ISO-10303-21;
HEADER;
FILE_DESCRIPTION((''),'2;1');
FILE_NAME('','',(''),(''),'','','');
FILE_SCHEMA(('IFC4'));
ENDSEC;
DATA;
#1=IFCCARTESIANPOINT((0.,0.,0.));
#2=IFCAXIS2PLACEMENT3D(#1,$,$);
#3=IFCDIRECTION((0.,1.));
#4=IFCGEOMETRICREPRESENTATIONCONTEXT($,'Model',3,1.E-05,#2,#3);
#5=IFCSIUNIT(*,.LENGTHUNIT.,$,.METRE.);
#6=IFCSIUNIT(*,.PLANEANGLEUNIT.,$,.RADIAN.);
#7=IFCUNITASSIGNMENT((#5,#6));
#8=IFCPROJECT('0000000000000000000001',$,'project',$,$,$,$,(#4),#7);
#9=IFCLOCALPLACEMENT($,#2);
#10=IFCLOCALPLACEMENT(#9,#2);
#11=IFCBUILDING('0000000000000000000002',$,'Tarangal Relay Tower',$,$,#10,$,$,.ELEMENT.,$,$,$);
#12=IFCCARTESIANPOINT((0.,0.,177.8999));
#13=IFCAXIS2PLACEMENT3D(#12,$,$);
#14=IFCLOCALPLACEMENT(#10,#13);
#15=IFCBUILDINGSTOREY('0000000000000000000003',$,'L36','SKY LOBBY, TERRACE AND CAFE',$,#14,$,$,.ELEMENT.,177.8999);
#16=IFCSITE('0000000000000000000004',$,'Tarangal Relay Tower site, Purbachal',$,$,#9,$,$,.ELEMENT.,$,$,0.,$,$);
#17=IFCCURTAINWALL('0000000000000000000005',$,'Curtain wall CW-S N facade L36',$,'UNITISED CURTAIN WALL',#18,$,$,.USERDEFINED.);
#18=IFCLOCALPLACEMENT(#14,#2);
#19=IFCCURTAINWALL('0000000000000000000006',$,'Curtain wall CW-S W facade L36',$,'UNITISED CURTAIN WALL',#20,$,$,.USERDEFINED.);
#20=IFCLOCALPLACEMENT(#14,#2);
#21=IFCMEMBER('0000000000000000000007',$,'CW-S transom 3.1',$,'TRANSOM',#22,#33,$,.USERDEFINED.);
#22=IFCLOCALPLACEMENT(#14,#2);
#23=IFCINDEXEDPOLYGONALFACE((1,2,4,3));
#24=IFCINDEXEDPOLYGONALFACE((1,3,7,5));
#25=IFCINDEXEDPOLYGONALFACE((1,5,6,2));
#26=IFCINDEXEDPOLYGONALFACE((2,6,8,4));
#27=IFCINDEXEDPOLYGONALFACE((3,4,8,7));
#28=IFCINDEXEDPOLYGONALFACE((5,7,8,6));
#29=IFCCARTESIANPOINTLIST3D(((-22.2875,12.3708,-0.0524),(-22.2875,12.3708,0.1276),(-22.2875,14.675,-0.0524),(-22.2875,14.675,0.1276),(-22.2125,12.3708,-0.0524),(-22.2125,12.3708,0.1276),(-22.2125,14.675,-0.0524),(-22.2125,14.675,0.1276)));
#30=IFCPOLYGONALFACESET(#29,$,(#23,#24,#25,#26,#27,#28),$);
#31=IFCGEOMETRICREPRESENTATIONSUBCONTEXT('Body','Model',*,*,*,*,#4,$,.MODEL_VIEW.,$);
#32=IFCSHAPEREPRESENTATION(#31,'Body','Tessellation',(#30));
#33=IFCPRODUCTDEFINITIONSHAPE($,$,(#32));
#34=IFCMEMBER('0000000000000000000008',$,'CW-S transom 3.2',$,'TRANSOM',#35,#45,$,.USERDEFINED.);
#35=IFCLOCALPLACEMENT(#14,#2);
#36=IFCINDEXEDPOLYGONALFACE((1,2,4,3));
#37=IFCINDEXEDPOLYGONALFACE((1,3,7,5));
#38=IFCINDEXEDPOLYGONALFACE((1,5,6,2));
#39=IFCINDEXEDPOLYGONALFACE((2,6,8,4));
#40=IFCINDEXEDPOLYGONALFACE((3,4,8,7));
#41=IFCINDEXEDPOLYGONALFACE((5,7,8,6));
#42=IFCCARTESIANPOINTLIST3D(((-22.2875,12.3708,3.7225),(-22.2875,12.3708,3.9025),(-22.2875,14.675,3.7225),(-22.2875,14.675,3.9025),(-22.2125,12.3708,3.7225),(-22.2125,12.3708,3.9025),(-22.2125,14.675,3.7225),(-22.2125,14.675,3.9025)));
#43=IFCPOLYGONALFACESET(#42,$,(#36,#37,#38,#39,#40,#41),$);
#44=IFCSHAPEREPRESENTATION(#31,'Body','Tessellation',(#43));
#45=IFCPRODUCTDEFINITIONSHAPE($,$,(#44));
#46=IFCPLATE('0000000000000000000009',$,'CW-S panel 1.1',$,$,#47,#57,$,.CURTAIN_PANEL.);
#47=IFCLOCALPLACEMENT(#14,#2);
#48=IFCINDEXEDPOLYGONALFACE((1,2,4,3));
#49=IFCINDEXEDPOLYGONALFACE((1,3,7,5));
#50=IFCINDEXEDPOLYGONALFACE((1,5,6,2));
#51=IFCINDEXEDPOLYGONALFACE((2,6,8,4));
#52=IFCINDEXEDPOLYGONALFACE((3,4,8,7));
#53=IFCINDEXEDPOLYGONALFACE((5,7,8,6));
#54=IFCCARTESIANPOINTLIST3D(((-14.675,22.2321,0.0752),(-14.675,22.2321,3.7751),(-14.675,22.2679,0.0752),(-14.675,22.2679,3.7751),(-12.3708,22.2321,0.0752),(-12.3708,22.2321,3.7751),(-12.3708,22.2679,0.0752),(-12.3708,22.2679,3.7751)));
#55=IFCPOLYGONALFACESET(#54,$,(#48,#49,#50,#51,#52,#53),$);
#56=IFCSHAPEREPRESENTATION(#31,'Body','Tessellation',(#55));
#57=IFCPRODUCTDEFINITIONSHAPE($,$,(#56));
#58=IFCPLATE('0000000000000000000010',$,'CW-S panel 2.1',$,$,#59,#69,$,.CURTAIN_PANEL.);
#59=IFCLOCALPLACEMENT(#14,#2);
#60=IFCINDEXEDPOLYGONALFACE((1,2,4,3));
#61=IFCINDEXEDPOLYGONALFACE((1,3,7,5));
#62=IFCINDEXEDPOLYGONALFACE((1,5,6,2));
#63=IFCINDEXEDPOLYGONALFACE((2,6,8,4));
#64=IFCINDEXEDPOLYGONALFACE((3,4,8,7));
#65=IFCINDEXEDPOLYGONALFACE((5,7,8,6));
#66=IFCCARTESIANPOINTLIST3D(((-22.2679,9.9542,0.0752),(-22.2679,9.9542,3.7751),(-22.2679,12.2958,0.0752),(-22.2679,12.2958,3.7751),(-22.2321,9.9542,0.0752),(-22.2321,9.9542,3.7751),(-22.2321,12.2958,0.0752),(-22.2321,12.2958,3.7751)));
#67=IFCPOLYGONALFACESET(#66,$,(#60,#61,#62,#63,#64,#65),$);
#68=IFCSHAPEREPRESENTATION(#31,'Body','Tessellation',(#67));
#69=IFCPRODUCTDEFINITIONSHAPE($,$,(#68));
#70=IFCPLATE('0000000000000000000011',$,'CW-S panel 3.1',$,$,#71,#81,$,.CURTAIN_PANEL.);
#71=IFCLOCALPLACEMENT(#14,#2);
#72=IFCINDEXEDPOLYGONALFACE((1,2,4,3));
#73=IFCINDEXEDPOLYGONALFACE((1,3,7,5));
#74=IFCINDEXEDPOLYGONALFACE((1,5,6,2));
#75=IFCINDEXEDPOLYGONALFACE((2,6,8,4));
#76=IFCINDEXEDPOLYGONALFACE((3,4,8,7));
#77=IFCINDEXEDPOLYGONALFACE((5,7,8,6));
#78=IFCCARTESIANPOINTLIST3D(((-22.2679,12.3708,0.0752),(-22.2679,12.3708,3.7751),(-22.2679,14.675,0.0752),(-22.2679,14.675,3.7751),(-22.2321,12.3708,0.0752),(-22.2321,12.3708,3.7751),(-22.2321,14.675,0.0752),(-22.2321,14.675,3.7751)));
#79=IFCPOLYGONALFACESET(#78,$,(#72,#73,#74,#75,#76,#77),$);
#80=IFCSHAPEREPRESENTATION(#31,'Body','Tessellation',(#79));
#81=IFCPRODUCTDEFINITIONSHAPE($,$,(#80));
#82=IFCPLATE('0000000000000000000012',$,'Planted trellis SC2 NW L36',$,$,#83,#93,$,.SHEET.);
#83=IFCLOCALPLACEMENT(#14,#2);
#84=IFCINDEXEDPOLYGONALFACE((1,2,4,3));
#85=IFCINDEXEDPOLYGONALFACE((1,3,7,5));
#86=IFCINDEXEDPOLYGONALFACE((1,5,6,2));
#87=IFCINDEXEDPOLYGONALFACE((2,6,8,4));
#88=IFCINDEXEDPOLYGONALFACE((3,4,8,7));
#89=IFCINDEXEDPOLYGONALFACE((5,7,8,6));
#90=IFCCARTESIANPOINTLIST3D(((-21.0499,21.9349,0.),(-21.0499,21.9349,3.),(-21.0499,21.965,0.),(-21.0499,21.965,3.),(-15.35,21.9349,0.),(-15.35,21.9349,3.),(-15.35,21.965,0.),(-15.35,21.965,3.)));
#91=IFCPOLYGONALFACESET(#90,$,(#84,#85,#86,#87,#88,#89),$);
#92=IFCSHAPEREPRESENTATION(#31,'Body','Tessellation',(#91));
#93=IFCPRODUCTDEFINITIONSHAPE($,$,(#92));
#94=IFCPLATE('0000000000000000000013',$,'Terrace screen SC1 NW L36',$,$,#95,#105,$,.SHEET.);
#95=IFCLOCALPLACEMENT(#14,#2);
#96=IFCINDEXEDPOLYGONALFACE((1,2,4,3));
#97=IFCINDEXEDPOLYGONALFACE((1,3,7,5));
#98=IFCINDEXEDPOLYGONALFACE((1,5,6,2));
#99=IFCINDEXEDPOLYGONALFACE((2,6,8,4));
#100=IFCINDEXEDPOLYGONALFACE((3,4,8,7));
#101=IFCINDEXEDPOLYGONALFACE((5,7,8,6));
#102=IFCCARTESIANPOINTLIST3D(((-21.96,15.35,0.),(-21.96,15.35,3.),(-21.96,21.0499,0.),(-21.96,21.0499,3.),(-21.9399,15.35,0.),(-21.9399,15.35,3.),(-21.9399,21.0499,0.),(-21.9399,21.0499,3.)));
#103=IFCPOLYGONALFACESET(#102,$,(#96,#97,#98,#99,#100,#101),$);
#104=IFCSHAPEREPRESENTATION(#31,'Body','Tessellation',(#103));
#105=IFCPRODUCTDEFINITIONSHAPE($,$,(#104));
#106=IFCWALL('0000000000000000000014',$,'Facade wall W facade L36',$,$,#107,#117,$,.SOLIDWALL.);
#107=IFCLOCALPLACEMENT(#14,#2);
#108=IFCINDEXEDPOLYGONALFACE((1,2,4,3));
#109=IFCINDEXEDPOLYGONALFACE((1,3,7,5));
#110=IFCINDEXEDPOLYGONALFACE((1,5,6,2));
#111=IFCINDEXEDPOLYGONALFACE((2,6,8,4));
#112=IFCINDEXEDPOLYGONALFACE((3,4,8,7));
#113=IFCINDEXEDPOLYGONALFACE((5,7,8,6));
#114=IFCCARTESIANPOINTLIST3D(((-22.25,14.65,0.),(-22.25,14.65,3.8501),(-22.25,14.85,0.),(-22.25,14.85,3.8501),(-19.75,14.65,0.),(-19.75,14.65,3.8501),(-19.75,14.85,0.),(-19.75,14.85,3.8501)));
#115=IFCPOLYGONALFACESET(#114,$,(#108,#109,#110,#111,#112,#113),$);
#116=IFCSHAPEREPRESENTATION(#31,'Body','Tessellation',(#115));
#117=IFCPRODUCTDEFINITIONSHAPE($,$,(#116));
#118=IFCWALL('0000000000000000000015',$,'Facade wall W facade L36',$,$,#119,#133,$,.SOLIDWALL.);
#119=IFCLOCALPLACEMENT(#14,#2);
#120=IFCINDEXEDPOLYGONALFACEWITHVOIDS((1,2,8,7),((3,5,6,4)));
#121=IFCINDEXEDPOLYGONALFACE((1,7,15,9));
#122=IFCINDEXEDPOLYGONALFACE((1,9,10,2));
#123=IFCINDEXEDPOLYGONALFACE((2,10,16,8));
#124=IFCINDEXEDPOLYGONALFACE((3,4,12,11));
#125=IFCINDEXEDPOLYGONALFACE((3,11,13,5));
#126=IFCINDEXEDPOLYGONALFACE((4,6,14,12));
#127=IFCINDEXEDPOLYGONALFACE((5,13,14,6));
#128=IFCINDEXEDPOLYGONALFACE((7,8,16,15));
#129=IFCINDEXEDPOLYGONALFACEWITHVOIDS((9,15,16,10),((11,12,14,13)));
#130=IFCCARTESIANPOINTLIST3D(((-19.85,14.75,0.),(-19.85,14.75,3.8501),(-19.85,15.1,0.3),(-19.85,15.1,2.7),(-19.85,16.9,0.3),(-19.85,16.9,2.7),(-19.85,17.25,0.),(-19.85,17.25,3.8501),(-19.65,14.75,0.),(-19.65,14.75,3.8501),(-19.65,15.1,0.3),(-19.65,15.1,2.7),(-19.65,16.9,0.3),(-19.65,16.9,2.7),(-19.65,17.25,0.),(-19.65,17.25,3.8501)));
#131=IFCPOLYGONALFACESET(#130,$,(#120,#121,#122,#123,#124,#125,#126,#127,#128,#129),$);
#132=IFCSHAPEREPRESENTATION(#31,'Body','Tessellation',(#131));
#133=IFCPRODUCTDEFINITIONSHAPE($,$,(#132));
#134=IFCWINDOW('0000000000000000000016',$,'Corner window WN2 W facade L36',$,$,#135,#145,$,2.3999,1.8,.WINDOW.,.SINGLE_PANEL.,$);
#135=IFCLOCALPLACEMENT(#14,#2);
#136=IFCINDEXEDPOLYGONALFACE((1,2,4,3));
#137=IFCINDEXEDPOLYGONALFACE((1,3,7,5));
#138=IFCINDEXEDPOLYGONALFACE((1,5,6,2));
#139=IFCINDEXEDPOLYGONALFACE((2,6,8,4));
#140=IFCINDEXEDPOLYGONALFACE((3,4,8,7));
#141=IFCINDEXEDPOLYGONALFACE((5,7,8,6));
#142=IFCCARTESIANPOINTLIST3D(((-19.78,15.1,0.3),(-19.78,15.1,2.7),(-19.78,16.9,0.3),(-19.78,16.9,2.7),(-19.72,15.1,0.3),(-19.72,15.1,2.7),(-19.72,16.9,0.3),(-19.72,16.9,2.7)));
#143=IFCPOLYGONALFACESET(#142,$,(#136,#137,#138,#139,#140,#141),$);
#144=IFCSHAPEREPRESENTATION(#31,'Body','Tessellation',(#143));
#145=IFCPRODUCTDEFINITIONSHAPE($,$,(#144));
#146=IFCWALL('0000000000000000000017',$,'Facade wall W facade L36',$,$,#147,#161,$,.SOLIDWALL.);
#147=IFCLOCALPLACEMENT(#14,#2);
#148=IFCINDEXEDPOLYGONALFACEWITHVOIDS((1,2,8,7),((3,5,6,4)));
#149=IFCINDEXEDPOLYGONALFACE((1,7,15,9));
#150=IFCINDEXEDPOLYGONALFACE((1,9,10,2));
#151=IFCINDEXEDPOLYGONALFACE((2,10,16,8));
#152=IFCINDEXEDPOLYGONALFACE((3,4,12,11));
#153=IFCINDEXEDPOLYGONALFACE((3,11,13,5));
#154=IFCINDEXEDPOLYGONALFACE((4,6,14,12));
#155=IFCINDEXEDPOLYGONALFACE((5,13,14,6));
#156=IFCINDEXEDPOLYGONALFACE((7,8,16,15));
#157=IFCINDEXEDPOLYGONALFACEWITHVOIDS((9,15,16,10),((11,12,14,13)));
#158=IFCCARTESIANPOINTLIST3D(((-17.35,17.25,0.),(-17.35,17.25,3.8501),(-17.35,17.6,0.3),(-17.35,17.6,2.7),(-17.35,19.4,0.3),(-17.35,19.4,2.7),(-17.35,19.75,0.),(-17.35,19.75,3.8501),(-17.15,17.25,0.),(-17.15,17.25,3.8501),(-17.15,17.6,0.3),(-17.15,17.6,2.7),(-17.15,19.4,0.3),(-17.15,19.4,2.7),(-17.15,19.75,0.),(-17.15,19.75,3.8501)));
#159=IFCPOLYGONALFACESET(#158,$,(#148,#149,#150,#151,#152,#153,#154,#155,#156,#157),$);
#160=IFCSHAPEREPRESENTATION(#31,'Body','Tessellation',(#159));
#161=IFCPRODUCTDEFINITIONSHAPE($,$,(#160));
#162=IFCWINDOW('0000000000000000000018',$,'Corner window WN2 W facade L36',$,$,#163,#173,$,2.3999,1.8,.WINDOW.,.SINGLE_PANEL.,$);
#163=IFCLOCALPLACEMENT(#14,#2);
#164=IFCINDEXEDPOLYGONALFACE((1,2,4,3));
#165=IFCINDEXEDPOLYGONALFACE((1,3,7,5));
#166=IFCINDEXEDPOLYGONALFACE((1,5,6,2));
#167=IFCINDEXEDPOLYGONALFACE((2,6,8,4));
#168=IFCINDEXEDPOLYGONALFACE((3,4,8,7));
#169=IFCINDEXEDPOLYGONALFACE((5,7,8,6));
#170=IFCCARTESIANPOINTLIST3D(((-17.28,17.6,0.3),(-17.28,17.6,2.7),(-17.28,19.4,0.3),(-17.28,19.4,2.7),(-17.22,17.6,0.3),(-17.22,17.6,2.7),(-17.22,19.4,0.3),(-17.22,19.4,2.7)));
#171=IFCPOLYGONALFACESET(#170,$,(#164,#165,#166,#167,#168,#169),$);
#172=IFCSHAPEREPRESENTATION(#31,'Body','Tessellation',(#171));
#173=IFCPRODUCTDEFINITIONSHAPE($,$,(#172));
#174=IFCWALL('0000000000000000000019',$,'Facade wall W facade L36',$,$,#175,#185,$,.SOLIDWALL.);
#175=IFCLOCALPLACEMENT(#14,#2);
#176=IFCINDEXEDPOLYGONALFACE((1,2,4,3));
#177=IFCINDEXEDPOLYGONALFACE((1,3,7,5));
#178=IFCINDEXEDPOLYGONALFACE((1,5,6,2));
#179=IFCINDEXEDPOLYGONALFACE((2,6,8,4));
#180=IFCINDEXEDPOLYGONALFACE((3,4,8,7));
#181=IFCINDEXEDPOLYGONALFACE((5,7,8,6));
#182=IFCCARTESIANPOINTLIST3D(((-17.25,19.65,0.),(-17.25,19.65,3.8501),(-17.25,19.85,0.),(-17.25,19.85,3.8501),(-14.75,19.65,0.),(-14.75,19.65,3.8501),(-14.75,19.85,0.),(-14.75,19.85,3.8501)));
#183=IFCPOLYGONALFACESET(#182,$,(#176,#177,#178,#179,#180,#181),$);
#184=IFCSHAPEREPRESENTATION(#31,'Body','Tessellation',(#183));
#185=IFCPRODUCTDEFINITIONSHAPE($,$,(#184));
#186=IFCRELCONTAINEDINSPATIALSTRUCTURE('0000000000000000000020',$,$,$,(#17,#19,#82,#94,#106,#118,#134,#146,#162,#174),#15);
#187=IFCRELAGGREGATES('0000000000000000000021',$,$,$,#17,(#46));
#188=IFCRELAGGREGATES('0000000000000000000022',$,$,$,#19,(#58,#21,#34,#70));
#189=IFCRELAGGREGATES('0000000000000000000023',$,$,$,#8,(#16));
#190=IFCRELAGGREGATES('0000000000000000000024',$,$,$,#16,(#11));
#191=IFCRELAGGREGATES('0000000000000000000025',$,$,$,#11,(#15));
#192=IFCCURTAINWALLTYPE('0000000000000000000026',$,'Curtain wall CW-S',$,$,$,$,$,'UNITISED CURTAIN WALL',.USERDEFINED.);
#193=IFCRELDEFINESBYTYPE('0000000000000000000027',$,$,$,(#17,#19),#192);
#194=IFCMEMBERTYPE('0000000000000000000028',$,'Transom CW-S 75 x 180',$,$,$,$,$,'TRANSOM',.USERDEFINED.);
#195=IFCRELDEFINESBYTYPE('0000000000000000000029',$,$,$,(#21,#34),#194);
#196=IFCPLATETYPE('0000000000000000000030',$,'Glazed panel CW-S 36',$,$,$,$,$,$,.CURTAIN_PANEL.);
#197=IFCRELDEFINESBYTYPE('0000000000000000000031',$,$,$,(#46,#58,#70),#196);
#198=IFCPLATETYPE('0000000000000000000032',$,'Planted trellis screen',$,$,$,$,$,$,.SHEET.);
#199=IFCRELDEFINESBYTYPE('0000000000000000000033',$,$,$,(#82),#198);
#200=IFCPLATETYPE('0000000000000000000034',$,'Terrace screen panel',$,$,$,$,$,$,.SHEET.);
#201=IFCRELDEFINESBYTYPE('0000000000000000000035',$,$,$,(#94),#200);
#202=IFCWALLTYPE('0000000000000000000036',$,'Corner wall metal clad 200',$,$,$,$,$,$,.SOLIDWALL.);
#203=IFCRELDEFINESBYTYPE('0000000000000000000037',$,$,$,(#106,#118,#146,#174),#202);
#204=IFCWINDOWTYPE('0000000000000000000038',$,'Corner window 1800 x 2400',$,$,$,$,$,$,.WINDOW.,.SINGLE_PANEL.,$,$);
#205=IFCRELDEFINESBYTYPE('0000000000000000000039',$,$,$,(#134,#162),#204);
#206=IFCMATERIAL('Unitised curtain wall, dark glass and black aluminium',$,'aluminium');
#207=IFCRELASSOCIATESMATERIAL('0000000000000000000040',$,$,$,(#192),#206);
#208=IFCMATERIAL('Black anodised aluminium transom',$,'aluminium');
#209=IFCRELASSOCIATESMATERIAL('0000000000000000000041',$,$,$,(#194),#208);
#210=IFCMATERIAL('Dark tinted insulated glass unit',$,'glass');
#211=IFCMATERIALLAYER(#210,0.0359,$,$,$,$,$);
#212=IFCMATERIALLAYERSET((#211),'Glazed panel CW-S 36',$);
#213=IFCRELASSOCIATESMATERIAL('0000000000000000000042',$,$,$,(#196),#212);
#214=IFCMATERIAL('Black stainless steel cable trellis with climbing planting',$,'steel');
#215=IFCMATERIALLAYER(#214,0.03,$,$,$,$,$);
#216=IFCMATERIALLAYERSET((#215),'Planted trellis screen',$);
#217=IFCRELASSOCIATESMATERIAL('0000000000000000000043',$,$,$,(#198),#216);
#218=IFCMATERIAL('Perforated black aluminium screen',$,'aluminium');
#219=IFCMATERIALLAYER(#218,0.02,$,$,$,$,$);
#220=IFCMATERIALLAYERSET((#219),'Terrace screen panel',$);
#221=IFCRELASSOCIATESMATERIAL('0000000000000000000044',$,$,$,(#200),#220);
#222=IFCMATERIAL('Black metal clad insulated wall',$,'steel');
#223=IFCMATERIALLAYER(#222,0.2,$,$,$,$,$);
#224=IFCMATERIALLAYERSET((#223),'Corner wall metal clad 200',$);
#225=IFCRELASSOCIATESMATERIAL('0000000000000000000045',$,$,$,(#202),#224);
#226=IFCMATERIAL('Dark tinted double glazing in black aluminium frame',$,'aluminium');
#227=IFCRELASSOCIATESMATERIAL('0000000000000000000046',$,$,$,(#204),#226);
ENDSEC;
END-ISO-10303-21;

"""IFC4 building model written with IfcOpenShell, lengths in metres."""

from ifc_helpers import new_model, si_unit, direction, frame, frame_2d, origin, origin_2d, place, context, subcontext, project, spatial, rectangle, extrude, material, layer, layer_set, material_profile, profile_set, type_object, element, fill, aggregate, save


model = new_model("IFC4")

# Units and contexts
model_context = context("Model", 3, precision=1e-05, world=origin(), true_north=direction((0.0, 1.0)))
body_context = subcontext(model_context, "Body", "Model", "MODEL_VIEW")
ifc_project = project(units=[si_unit("LENGTHUNIT", "METRE"), si_unit("PLANEANGLEUNIT", "RADIAN")], contexts=[model_context])

# Site, building, storey
site_placement = place(None, origin())
site = spatial("IfcSite", under=ifc_project, at=site_placement, Name="Tarangal Relay Tower site, Purbachal", CompositionType="ELEMENT", RefElevation=0.0)
building_placement = place(site_placement, origin())
building = spatial("IfcBuilding", under=site, at=building_placement, Name="Tarangal Relay Tower", CompositionType="ELEMENT")
storey_placement = place(building_placement, frame((0.0, 0.0, 177.8999)))
storey = spatial("IfcBuildingStorey", under=building, at=storey_placement, Name="L36", Description="SKY LOBBY, TERRACE AND CAFE", CompositionType="ELEMENT", Elevation=177.8999)

# Curtain walls
ifc_material_1 = material(Name="Unitised curtain wall, dark glass and black aluminium", Category="aluminium")
curtain_wall_type = type_object("IfcCurtainWallType", Name="Curtain wall CW-S", ElementType="UNITISED CURTAIN WALL", PredefinedType="USERDEFINED", material=ifc_material_1)
curtain_wall_1_placement = place(storey_placement, origin())
curtain_wall_1 = element("IfcCurtainWall", 1, at=curtain_wall_1_placement, inside=storey, type_object=curtain_wall_type, Name="Curtain wall CW-S N facade L36", ObjectType="UNITISED CURTAIN WALL", PredefinedType="USERDEFINED")
curtain_wall_2_placement = place(storey_placement, origin())
curtain_wall_2 = element("IfcCurtainWall", 2, at=curtain_wall_2_placement, inside=storey, type_object=curtain_wall_type, Name="Curtain wall CW-S W facade L36", ObjectType="UNITISED CURTAIN WALL", PredefinedType="USERDEFINED")

# Members
ifc_material_2 = material(Name="Black anodised aluminium transom", Category="aluminium")
ifc_material_profile_1 = material_profile(ifc_material_2, rectangle(XDim=0.075, YDim=0.1799, at=origin_2d()), Name="CW-ST 75X180")
ifc_profile_set_1 = profile_set([ifc_material_profile_1], Name="Black anodised aluminium transom")
member_type_1 = type_object("IfcMemberType", Name="Transom CW-S 75 x 180", ElementType="TRANSOM", PredefinedType="USERDEFINED", material=ifc_profile_set_1)
member_1_placement = place(storey_placement, frame((-22.25, 12.3708, 0.0376), z_axis=(0.0, 1.0, 0.0), x_axis=(-1.0, 0.0, 0.0)))
member_1 = element("IfcMember", 3, at=member_1_placement, type_object=member_type_1, Name="CW-S transom 3.1", ObjectType="TRANSOM", PredefinedType="USERDEFINED", context=body_context, shape_type="SweptSolid", body=[
    extrude(rectangle(XDim=0.075, YDim=0.1799, at=origin_2d()), origin(), (0.0, 0.0, 1.0), 2.3042),
])
member_2_placement = place(storey_placement, frame((-22.25, 12.3708, 3.8125), z_axis=(0.0, 1.0, 0.0), x_axis=(-1.0, 0.0, 0.0)))
member_2 = element("IfcMember", 4, at=member_2_placement, type_object=member_type_1, Name="CW-S transom 3.2", ObjectType="TRANSOM", PredefinedType="USERDEFINED", context=body_context, shape_type="SweptSolid", body=[
    extrude(rectangle(XDim=0.075, YDim=0.1799, at=origin_2d()), origin(), (0.0, 0.0, 1.0), 2.3042),
])

# Plates
ifc_material_3 = material(Name="Dark tinted insulated glass unit", Category="glass")
ifc_layer_1 = layer(ifc_material_3, 0.0359)
ifc_layer_set_1 = layer_set([ifc_layer_1], Name="Glazed panel CW-S 36")
plate_type_1 = type_object("IfcPlateType", Name="Glazed panel CW-S 36", PredefinedType="CURTAIN_PANEL", material=ifc_layer_set_1)
plate_1_placement = place(storey_placement, frame((-13.5229, 22.25, 0.0752), z_axis=(0.0, 0.0, 1.0), x_axis=(1.0, 0.0, 0.0)))
plate_1 = element("IfcPlate", 5, at=plate_1_placement, type_object=plate_type_1, Name="CW-S panel 1.1", PredefinedType="CURTAIN_PANEL", context=body_context, shape_type="SweptSolid", body=[
    extrude(rectangle(XDim=2.3042, YDim=0.0359, at=origin_2d()), origin(), (0.0, 0.0, 1.0), 3.7),
])
aggregate(curtain_wall_1, [plate_1])
plate_2_placement = place(storey_placement, frame((-22.25, 11.125, 0.0752), z_axis=(0.0, 0.0, 1.0), x_axis=(0.0, 1.0, 0.0)))
plate_2 = element("IfcPlate", 6, at=plate_2_placement, type_object=plate_type_1, Name="CW-S panel 2.1", PredefinedType="CURTAIN_PANEL", context=body_context, shape_type="SweptSolid", body=[
    extrude(rectangle(XDim=2.3416, YDim=0.0359, at=origin_2d()), origin(), (0.0, 0.0, 1.0), 3.7),
])
plate_3_placement = place(storey_placement, frame((-22.25, 13.5229, 0.0752), z_axis=(0.0, 0.0, 1.0), x_axis=(0.0, 1.0, 0.0)))
plate_3 = element("IfcPlate", 7, at=plate_3_placement, type_object=plate_type_1, Name="CW-S panel 3.1", PredefinedType="CURTAIN_PANEL", context=body_context, shape_type="SweptSolid", body=[
    extrude(rectangle(XDim=2.3042, YDim=0.0359, at=origin_2d()), origin(), (0.0, 0.0, 1.0), 3.7),
])
aggregate(curtain_wall_2, [plate_2, member_1, member_2, plate_3])

# Plates
ifc_material_4 = material(Name="Black stainless steel cable trellis with climbing planting", Category="steel")
ifc_layer_2 = layer(ifc_material_4, 0.03)
ifc_layer_set_2 = layer_set([ifc_layer_2], Name="Planted trellis screen")
plate_type_2 = type_object("IfcPlateType", Name="Planted trellis screen", PredefinedType="SHEET", material=ifc_layer_set_2)
plate_4_placement = place(storey_placement, frame((-18.2, 21.95, 0.0), z_axis=(0.0, 0.0, 1.0), x_axis=(1.0, 0.0, 0.0)))
element("IfcPlate", 8, at=plate_4_placement, inside=storey, type_object=plate_type_2, Name="Planted trellis SC2 NW L36", PredefinedType="SHEET", context=body_context, shape_type="SweptSolid", body=[
    extrude(rectangle(XDim=5.7, YDim=0.03, at=origin_2d()), origin(), (0.0, 0.0, 1.0), 3.0),
])
ifc_material_5 = material(Name="Perforated black aluminium screen", Category="aluminium")
ifc_layer_3 = layer(ifc_material_5, 0.02)
ifc_layer_set_3 = layer_set([ifc_layer_3], Name="Terrace screen panel")
plate_type_3 = type_object("IfcPlateType", Name="Terrace screen panel", PredefinedType="SHEET", material=ifc_layer_set_3)
plate_5_placement = place(storey_placement, frame((-21.95, 18.2, 0.0), z_axis=(0.0, 0.0, 1.0), x_axis=(0.0, 1.0, 0.0)))
element("IfcPlate", 9, at=plate_5_placement, inside=storey, type_object=plate_type_3, Name="Terrace screen SC1 NW L36", PredefinedType="SHEET", context=body_context, shape_type="SweptSolid", body=[
    extrude(rectangle(XDim=5.7, YDim=0.02, at=origin_2d()), origin(), (0.0, 0.0, 1.0), 3.0),
])

# Wall
ifc_material_6 = material(Name="Black metal clad insulated wall", Category="steel")
ifc_layer_4 = layer(ifc_material_6, 0.2)
ifc_layer_set_4 = layer_set([ifc_layer_4], Name="Corner wall metal clad 200")
wall_type_1 = type_object("IfcWallType", Name="Corner wall metal clad 200", PredefinedType="SOLIDWALL", material=ifc_layer_set_4)
wall_1_placement = place(storey_placement, frame((-22.25, 14.75, 0.0), z_axis=(0.0, 0.0, 1.0), x_axis=(1.0, 0.0, 0.0)))
element("IfcWall", 10, at=wall_1_placement, inside=storey, type_object=wall_type_1, Name="Facade wall W facade L36", PredefinedType="SOLIDWALL", context=body_context, shape_type="SweptSolid", body=[
    extrude(rectangle(XDim=2.5, YDim=0.2, at=frame_2d((1.25, 0.0))), origin(), (0.0, 0.0, 1.0), 3.8501),
])

# Wall, opening, window
wall_2_placement = place(storey_placement, frame((-19.75, 14.75, 0.0), z_axis=(0.0, 0.0, 1.0), x_axis=(0.0, 1.0, 0.0)))
wall_2 = element("IfcWall", 11, at=wall_2_placement, inside=storey, type_object=wall_type_1, Name="Facade wall W facade L36", PredefinedType="SOLIDWALL", context=body_context, shape_type="SweptSolid", body=[
    extrude(rectangle(XDim=2.5, YDim=0.2, at=frame_2d((1.25, 0.0))), origin(), (0.0, 0.0, 1.0), 3.8501),
])
opening_1_placement = place(wall_2_placement, frame((0.3501, 0.0, 0.3)))
opening_1 = element("IfcOpeningElement", 12, at=opening_1_placement, cuts=wall_2, PredefinedType="OPENING", context=body_context, shape_type="SweptSolid", body=[
    extrude(rectangle(XDim=1.8, YDim=2.3999, at=frame_2d((0.8999, 1.2))), frame((0.0, 0.1099, 0.0), z_axis=(0.0, -1.0, 0.0), x_axis=(1.0, 0.0, 0.0)), (0.0, 0.0, 1.0), 0.22),
])
ifc_material_7 = material(Name="Dark tinted double glazing in black aluminium frame", Category="aluminium")
window_type = type_object("IfcWindowType", Name="Corner window 1800 x 2400", PartitioningType="SINGLE_PANEL", PredefinedType="WINDOW", material=ifc_material_7)
window_1_placement = place(opening_1_placement, origin())
window_1 = element("IfcWindow", 13, at=window_1_placement, inside=storey, type_object=window_type, Name="Corner window WN2 W facade L36", OverallHeight=2.3999, OverallWidth=1.8, PartitioningType="SINGLE_PANEL", PredefinedType="WINDOW", context=body_context, shape_type="SweptSolid", body=[
    extrude(rectangle(XDim=1.8, YDim=2.3999, at=frame_2d((0.8999, 1.2))), frame((0.0, 0.03, 0.0), z_axis=(0.0, -1.0, 0.0), x_axis=(1.0, 0.0, 0.0)), (0.0, 0.0, 1.0), 0.0601),
])
fill(opening_1, window_1)

# Wall, opening, window
wall_3_placement = place(storey_placement, frame((-17.25, 17.25, 0.0), z_axis=(0.0, 0.0, 1.0), x_axis=(0.0, 1.0, 0.0)))
wall_3 = element("IfcWall", 14, at=wall_3_placement, inside=storey, type_object=wall_type_1, Name="Facade wall W facade L36", PredefinedType="SOLIDWALL", context=body_context, shape_type="SweptSolid", body=[
    extrude(rectangle(XDim=2.5, YDim=0.2, at=frame_2d((1.25, 0.0))), origin(), (0.0, 0.0, 1.0), 3.8501),
])
opening_2_placement = place(wall_3_placement, frame((0.3501, 0.0, 0.3)))
opening_2 = element("IfcOpeningElement", 15, at=opening_2_placement, cuts=wall_3, PredefinedType="OPENING", context=body_context, shape_type="SweptSolid", body=[
    extrude(rectangle(XDim=1.8, YDim=2.3999, at=frame_2d((0.8999, 1.2))), frame((0.0, 0.1099, 0.0), z_axis=(0.0, -1.0, 0.0), x_axis=(1.0, 0.0, 0.0)), (0.0, 0.0, 1.0), 0.22),
])
window_2_placement = place(opening_2_placement, origin())
window_2 = element("IfcWindow", 16, at=window_2_placement, inside=storey, type_object=window_type, Name="Corner window WN2 W facade L36", OverallHeight=2.3999, OverallWidth=1.8, PartitioningType="SINGLE_PANEL", PredefinedType="WINDOW", context=body_context, shape_type="SweptSolid", body=[
    extrude(rectangle(XDim=1.8, YDim=2.3999, at=frame_2d((0.8999, 1.2))), frame((0.0, 0.03, 0.0), z_axis=(0.0, -1.0, 0.0), x_axis=(1.0, 0.0, 0.0)), (0.0, 0.0, 1.0), 0.0601),
])
fill(opening_2, window_2)

# Wall
wall_4_placement = place(storey_placement, frame((-17.25, 19.75, 0.0), z_axis=(0.0, 0.0, 1.0), x_axis=(1.0, 0.0, 0.0)))
element("IfcWall", 17, at=wall_4_placement, inside=storey, type_object=wall_type_1, Name="Facade wall W facade L36", PredefinedType="SOLIDWALL", context=body_context, shape_type="SweptSolid", body=[
    extrude(rectangle(XDim=2.5, YDim=0.2, at=frame_2d((1.25, 0.0))), origin(), (0.0, 0.0, 1.0), 3.8501),
])

save(model, "model.ifc")
